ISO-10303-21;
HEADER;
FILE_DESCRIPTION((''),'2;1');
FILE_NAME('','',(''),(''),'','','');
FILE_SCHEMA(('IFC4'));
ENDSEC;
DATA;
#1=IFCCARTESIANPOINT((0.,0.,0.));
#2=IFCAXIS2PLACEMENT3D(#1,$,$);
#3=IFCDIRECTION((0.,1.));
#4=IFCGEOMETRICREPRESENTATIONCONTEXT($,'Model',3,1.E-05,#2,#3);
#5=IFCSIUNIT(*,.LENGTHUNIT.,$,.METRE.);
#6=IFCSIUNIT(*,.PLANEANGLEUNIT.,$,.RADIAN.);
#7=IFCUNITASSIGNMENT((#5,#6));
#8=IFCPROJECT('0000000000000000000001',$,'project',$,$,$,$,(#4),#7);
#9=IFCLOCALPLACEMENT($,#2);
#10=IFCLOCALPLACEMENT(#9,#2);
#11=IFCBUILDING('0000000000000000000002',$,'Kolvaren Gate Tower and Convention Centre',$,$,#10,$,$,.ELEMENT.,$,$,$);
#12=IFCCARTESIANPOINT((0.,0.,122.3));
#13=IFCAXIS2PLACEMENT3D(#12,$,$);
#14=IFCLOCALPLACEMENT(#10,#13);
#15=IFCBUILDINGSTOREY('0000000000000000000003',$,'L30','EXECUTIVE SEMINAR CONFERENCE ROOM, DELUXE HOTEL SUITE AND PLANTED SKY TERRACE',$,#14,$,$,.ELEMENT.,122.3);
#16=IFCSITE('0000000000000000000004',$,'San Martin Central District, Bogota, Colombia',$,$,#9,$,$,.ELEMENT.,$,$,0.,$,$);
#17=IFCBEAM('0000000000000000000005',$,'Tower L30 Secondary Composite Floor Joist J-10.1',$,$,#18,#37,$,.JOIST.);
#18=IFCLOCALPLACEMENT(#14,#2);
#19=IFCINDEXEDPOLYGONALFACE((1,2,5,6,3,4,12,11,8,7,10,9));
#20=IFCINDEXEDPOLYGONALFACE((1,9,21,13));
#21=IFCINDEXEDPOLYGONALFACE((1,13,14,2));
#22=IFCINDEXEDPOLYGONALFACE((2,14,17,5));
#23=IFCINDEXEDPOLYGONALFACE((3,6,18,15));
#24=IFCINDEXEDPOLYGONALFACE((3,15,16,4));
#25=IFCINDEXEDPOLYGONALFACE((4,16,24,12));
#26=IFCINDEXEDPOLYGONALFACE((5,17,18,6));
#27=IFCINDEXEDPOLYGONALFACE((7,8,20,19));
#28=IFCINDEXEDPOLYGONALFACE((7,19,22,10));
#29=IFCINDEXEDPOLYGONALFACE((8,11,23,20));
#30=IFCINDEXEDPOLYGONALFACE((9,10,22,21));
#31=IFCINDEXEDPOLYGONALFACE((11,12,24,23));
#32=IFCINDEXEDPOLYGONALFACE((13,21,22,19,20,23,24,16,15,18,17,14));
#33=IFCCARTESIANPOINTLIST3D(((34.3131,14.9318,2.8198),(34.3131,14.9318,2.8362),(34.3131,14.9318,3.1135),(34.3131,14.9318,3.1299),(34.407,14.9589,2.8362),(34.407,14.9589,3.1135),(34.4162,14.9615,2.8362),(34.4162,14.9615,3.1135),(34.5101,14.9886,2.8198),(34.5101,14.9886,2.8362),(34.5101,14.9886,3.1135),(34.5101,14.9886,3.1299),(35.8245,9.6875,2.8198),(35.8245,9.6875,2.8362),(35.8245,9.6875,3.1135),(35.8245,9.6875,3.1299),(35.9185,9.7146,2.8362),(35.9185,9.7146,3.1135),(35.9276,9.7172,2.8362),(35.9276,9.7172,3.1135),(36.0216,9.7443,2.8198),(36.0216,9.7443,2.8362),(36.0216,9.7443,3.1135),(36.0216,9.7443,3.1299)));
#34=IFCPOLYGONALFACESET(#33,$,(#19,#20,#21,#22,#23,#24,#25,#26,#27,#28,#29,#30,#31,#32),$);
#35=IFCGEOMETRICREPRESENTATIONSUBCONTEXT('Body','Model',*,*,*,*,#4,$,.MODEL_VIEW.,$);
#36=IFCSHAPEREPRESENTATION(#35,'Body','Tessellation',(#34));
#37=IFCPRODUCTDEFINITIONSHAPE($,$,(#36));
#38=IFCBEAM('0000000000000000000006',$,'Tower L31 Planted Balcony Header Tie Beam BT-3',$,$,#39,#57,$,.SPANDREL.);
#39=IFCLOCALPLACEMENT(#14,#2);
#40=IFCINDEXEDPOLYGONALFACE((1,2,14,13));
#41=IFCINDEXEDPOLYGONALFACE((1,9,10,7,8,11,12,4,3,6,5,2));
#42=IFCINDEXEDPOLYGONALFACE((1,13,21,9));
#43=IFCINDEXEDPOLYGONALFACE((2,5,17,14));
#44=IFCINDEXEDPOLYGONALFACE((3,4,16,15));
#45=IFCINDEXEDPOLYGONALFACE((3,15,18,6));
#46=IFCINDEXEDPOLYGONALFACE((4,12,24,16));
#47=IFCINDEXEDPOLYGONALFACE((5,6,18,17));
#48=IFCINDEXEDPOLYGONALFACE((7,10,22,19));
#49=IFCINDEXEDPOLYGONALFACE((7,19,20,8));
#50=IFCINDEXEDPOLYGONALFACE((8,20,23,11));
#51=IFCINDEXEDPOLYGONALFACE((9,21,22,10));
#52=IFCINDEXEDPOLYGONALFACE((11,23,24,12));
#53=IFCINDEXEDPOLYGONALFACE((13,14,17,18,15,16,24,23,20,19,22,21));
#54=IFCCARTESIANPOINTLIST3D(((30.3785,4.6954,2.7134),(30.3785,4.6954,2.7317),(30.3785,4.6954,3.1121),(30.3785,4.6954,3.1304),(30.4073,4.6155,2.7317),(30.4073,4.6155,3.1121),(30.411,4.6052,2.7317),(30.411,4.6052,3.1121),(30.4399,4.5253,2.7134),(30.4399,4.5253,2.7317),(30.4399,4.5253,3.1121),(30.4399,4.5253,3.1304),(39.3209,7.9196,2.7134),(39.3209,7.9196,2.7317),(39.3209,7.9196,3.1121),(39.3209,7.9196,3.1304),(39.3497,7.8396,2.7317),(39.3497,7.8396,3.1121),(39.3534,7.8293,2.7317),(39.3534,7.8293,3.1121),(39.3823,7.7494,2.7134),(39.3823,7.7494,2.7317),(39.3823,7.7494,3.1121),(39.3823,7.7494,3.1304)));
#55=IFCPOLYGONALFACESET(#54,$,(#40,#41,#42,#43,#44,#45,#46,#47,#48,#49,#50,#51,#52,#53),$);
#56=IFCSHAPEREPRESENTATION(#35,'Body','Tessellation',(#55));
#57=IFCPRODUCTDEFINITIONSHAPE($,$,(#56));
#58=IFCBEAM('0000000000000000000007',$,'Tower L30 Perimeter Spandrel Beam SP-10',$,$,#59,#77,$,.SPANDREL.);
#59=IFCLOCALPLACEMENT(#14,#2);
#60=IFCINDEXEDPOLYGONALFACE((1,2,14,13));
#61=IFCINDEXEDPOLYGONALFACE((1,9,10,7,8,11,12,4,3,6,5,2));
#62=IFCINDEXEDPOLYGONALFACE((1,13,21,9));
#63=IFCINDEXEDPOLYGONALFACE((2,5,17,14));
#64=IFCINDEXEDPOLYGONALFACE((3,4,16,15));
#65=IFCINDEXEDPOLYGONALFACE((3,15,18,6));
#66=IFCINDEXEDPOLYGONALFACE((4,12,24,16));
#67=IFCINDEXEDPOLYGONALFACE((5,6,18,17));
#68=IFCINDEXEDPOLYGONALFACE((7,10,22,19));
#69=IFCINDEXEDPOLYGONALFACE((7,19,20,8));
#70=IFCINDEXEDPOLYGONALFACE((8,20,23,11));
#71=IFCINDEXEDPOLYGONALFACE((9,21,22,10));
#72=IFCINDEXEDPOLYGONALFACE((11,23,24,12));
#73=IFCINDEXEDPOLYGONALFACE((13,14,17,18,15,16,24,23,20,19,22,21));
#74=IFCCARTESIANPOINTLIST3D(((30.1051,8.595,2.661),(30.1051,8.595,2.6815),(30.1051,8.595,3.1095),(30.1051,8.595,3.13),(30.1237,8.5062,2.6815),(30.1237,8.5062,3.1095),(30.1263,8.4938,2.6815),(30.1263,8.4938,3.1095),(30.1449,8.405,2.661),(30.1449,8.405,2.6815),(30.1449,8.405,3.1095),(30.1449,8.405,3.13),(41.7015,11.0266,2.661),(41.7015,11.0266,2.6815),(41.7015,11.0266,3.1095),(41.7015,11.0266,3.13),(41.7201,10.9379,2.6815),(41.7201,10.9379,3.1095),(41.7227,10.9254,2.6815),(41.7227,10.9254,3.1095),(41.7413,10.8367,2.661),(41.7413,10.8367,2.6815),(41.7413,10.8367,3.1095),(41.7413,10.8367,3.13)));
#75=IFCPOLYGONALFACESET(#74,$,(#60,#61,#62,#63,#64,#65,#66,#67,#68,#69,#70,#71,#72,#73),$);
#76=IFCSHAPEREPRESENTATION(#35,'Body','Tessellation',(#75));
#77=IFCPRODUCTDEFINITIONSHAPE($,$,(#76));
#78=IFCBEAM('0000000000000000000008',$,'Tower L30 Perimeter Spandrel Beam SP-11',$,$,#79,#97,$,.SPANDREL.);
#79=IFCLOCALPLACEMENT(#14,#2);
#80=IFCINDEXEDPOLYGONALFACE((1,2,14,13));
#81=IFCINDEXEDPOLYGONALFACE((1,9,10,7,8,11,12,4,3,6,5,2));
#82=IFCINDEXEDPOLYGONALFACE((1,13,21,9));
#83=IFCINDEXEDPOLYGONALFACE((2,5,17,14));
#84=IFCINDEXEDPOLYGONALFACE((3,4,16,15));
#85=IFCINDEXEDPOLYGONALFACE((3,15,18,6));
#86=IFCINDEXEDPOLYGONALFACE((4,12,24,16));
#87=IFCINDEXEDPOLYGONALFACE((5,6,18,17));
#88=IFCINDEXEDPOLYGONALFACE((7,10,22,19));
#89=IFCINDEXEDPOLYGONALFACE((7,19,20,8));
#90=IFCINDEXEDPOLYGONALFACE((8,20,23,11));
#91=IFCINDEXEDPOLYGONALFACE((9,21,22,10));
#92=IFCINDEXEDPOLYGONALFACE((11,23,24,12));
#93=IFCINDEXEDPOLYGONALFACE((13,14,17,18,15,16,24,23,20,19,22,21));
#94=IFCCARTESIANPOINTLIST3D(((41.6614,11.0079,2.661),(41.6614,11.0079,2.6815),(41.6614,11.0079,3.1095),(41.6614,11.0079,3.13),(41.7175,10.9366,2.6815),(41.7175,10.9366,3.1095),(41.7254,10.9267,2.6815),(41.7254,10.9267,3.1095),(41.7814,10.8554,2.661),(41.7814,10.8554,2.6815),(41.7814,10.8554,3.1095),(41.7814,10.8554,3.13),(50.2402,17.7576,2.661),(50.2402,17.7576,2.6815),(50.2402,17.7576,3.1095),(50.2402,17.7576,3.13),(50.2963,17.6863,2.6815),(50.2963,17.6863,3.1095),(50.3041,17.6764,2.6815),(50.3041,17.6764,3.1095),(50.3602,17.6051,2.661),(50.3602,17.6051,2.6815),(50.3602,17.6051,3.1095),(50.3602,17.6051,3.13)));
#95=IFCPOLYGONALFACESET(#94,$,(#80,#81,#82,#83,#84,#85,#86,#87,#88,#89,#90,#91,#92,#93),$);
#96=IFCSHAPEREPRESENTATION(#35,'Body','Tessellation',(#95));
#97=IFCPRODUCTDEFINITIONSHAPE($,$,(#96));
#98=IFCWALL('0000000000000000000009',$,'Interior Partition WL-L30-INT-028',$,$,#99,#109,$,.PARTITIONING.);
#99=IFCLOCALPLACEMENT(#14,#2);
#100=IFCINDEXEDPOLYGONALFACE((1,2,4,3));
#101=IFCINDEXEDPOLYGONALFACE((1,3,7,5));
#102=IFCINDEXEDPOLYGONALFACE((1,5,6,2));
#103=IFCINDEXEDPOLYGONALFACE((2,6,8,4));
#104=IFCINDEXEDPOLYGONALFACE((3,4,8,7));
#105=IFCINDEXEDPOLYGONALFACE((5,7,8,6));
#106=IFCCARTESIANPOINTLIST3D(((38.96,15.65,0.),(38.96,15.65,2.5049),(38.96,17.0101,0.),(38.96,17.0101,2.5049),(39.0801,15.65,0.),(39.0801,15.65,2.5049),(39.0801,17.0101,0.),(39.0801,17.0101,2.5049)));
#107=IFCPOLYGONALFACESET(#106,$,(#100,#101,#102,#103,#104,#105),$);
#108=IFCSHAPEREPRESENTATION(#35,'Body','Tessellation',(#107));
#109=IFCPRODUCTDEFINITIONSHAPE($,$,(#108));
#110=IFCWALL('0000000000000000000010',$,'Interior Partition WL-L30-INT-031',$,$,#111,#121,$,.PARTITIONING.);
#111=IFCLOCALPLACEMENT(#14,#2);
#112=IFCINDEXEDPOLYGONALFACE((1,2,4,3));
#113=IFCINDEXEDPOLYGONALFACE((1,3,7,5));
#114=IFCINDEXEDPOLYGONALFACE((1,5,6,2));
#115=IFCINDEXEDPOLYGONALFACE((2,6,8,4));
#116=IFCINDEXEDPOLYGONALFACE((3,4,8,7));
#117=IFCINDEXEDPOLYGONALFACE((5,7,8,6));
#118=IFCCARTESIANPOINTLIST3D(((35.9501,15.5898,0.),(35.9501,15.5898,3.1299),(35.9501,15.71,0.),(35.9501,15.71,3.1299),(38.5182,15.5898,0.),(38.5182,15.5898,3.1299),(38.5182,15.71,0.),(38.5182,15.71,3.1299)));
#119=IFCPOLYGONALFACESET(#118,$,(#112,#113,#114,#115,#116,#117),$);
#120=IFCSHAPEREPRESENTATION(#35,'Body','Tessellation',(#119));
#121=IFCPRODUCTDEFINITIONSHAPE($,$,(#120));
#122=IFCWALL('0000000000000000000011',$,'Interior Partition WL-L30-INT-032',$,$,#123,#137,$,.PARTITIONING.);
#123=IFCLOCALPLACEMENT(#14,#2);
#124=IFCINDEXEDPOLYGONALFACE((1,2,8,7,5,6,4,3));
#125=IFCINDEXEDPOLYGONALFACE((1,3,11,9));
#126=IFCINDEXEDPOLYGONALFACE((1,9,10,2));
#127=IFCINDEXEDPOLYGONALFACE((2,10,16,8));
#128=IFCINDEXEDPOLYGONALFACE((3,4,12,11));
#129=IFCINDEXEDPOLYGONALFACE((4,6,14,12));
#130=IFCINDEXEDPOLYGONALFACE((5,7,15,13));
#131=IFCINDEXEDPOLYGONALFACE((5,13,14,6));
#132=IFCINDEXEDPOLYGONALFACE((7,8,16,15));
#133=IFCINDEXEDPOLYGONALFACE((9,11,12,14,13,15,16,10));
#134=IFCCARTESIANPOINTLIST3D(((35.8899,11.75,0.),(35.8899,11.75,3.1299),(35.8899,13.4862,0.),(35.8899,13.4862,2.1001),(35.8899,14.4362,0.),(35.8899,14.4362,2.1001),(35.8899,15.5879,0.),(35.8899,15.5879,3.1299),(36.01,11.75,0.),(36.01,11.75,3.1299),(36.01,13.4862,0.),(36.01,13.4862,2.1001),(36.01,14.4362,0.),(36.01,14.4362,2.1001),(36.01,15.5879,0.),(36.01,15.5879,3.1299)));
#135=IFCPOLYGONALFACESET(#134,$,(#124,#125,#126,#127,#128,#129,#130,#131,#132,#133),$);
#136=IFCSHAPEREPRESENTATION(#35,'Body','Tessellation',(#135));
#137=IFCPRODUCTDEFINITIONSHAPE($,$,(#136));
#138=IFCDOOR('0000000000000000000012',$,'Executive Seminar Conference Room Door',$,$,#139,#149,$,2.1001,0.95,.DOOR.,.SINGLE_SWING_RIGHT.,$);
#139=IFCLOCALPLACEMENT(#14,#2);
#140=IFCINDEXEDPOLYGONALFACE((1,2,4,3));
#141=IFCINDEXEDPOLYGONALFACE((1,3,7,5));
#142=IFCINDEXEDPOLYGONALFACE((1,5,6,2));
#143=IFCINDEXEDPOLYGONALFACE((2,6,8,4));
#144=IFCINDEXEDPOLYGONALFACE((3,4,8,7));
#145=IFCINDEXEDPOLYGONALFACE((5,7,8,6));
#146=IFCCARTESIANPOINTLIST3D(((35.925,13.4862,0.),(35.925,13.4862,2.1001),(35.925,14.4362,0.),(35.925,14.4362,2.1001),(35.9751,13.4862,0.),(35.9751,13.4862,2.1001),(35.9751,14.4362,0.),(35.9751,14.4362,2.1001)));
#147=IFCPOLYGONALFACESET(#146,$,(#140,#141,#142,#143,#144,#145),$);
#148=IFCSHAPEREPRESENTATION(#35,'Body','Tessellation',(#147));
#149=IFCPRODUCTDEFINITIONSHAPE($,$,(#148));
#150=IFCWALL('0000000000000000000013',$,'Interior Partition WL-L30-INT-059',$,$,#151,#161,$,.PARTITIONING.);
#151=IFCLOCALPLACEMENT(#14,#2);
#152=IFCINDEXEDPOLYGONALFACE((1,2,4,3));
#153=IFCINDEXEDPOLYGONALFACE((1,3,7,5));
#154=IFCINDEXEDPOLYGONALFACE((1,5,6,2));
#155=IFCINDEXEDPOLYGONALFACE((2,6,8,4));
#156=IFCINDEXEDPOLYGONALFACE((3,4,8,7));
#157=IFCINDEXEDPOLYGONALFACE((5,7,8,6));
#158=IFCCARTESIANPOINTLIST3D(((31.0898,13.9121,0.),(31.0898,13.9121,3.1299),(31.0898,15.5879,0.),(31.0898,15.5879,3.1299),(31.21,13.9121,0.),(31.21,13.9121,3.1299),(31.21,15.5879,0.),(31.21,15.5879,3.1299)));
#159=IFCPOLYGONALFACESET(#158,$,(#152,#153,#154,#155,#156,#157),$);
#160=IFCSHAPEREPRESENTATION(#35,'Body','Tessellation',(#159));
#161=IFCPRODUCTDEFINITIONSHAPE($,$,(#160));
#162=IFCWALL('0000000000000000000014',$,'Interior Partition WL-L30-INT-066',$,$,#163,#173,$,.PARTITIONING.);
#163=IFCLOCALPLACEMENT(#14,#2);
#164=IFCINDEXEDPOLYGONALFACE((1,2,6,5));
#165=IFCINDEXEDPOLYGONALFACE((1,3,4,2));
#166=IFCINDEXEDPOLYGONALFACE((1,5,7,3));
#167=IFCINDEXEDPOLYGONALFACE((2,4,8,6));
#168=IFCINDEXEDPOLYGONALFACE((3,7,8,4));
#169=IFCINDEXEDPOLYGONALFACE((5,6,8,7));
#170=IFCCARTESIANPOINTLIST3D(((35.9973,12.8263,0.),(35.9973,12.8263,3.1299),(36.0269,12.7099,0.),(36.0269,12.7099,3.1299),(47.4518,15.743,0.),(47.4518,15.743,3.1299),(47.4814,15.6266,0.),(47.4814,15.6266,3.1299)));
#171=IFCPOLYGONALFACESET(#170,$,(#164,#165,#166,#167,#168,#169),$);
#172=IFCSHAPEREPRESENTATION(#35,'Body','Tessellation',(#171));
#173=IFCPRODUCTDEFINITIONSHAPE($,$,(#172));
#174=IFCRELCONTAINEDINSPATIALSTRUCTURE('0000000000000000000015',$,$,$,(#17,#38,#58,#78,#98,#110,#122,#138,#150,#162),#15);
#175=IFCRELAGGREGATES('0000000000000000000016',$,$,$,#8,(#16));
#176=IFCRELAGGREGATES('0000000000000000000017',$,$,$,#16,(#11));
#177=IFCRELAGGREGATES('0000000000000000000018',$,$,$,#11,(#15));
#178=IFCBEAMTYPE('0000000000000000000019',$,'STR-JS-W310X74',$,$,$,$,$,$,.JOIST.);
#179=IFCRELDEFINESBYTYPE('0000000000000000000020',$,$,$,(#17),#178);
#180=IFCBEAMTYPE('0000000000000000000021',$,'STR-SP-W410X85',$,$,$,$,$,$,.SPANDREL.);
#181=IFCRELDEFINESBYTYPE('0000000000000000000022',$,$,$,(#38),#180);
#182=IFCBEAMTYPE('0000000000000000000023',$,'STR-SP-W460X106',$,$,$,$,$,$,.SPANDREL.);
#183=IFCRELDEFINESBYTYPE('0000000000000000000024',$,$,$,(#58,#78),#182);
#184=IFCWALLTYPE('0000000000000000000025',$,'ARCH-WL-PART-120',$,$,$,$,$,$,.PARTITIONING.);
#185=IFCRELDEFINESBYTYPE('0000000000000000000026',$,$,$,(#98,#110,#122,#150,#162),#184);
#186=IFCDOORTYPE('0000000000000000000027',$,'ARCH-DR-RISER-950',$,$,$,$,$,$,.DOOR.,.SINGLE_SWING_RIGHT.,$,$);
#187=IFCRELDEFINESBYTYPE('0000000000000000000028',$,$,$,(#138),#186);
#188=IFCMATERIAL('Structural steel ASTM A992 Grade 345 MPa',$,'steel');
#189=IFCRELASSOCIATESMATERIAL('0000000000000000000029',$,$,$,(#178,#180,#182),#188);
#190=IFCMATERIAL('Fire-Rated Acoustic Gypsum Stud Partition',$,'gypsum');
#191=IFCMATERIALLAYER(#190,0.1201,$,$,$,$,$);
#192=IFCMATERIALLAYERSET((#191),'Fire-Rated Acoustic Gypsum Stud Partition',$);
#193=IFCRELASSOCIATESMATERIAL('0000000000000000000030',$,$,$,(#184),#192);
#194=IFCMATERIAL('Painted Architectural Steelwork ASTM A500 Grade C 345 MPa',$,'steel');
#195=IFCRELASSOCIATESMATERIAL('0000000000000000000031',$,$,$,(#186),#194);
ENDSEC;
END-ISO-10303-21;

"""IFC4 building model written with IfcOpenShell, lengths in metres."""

from ifc_helpers import new_model, si_unit, direction, frame, frame_2d, origin, origin_2d, place, context, subcontext, project, spatial, rectangle, i_section, extrude, material, layer, layer_set, material_profile, profile_set, type_object, element, fill, save


model = new_model("IFC4")

# Units and contexts
model_context = context("Model", 3, precision=1e-05, world=origin(), true_north=direction((0.0, 1.0)))
body_context = subcontext(model_context, "Body", "Model", "MODEL_VIEW")
ifc_project = project(units=[si_unit("LENGTHUNIT", "METRE"), si_unit("PLANEANGLEUNIT", "RADIAN")], contexts=[model_context])

# Site, building, storey
site_placement = place(None, origin())
site = spatial("IfcSite", under=ifc_project, at=site_placement, Name="San Martin Central District, Bogota, Colombia", CompositionType="ELEMENT", RefElevation=0.0)
building_placement = place(site_placement, origin())
building = spatial("IfcBuilding", under=site, at=building_placement, Name="Kolvaren Gate Tower and Convention Centre", CompositionType="ELEMENT")
storey_placement = place(building_placement, frame((0.0, 0.0, 122.3)))
storey = spatial("IfcBuildingStorey", under=building, at=storey_placement, Name="L30", Description="EXECUTIVE SEMINAR CONFERENCE ROOM, DELUXE HOTEL SUITE AND PLANTED SKY TERRACE", CompositionType="ELEMENT", Elevation=122.3)

# Beams
ifc_material_1 = material(Name="Structural steel ASTM A992 Grade 345 MPa", Category="steel")
ifc_material_profile_1 = material_profile(ifc_material_1, i_section(OverallWidth=0.2051, OverallDepth=0.3101, WebThickness=0.0095, FlangeThickness=0.0164, at=origin_2d()), Name="W310X74")
ifc_profile_set_1 = profile_set([ifc_material_profile_1], Name="Structural steel ASTM A992 Grade 345 MPa")
beam_type_1 = type_object("IfcBeamType", Name="STR-JS-W310X74", PredefinedType="JOIST", material=ifc_profile_set_1)
beam_1_placement = place(storey_placement, frame((34.4116, 14.9602, 2.9749), z_axis=(0.276936, -0.960888, 0.0), x_axis=(0.960888, 0.276936, 0.0)))
element("IfcBeam", 1, at=beam_1_placement, inside=storey, type_object=beam_type_1, Name="Tower L30 Secondary Composite Floor Joist J-10.1", PredefinedType="JOIST", context=body_context, shape_type="SweptSolid", body=[
    extrude(i_section(OverallWidth=0.2051, OverallDepth=0.3101, WebThickness=0.0095, FlangeThickness=0.0164, at=origin_2d()), origin(), (0.0, 0.0, 1.0), 5.4578),
])
ifc_material_profile_2 = material_profile(ifc_material_1, i_section(OverallWidth=0.1809, OverallDepth=0.417, WebThickness=0.011, FlangeThickness=0.0183, at=origin_2d()), Name="W410X85")
ifc_profile_set_2 = profile_set([ifc_material_profile_2], Name="Structural steel ASTM A992 Grade 345 MPa")
beam_type_2 = type_object("IfcBeamType", Name="STR-SP-W410X85", PredefinedType="SPANDREL", material=ifc_profile_set_2)
beam_2_placement = place(storey_placement, frame((30.4092, 4.6104, 2.9219), z_axis=(0.940724, 0.339172, 0.0), x_axis=(-0.339172, 0.940724, 0.0)))
element("IfcBeam", 2, at=beam_2_placement, inside=storey, type_object=beam_type_2, Name="Tower L31 Planted Balcony Header Tie Beam BT-3", PredefinedType="SPANDREL", context=body_context, shape_type="SweptSolid", body=[
    extrude(i_section(OverallWidth=0.1809, OverallDepth=0.417, WebThickness=0.011, FlangeThickness=0.0183, at=origin_2d()), origin(), (0.0, 0.0, 1.0), 9.5059),
])
ifc_material_profile_3 = material_profile(ifc_material_1, i_section(OverallWidth=0.1941, OverallDepth=0.469, WebThickness=0.0127, FlangeThickness=0.0205, at=origin_2d()), Name="W460X106")
ifc_profile_set_3 = profile_set([ifc_material_profile_3], Name="Structural steel ASTM A992 Grade 345 MPa")
beam_type_3 = type_object("IfcBeamType", Name="STR-SP-W460X106", PredefinedType="SPANDREL", material=ifc_profile_set_3)
beam_3_placement = place(storey_placement, frame((30.125, 8.5, 2.8955), z_axis=(0.978715, 0.205225, 0.0), x_axis=(-0.205225, 0.978715, 0.0)))
element("IfcBeam", 3, at=beam_3_placement, inside=storey, type_object=beam_type_3, Name="Tower L30 Perimeter Spandrel Beam SP-10", PredefinedType="SPANDREL", context=body_context, shape_type="SweptSolid", body=[
    extrude(i_section(OverallWidth=0.1941, OverallDepth=0.469, WebThickness=0.0127, FlangeThickness=0.0205, at=origin_2d()), origin(), (0.0, 0.0, 1.0), 11.8486),
])
beam_4_placement = place(storey_placement, frame((41.7214, 10.9316, 2.8955), z_axis=(0.785908, 0.618344, 0.0), x_axis=(-0.618344, 0.785908, 0.0)))
element("IfcBeam", 4, at=beam_4_placement, inside=storey, type_object=beam_type_3, Name="Tower L30 Perimeter Spandrel Beam SP-11", PredefinedType="SPANDREL", context=body_context, shape_type="SweptSolid", body=[
    extrude(i_section(OverallWidth=0.1941, OverallDepth=0.469, WebThickness=0.0127, FlangeThickness=0.0205, at=origin_2d()), origin(), (0.0, 0.0, 1.0), 10.9158),
])

# Walls
ifc_material_2 = material(Name="Fire-Rated Acoustic Gypsum Stud Partition", Category="gypsum")
ifc_layer_1 = layer(ifc_material_2, 0.1201)
ifc_layer_set_1 = layer_set([ifc_layer_1], Name="Fire-Rated Acoustic Gypsum Stud Partition")
wall_type_1 = type_object("IfcWallType", Name="ARCH-WL-PART-120", PredefinedType="PARTITIONING", material=ifc_layer_set_1)
wall_1_placement = place(storey_placement, frame((39.02, 15.6499, 0.0), z_axis=(0.0, 0.0, 1.0), x_axis=(0.0, 1.0, 0.0)))
element("IfcWall", 5, at=wall_1_placement, inside=storey, type_object=wall_type_1, Name="Interior Partition WL-L30-INT-028", PredefinedType="PARTITIONING", context=body_context, shape_type="SweptSolid", body=[
    extrude(rectangle(XDim=1.3601, YDim=0.1201, at=frame_2d((0.6802, 0.0))), origin(), (0.0, 0.0, 1.0), 2.5049),
])
wall_2_placement = place(storey_placement, frame((35.95, 15.6499, 0.0), z_axis=(0.0, 0.0, 1.0), x_axis=(1.0, 0.0, 0.0)))
element("IfcWall", 6, at=wall_2_placement, inside=storey, type_object=wall_type_1, Name="Interior Partition WL-L30-INT-031", PredefinedType="PARTITIONING", context=body_context, shape_type="SweptSolid", body=[
    extrude(rectangle(XDim=2.5681, YDim=0.1201, at=frame_2d((1.2842, 0.0))), origin(), (0.0, 0.0, 1.0), 3.1299),
])

# Wall, opening, door
wall_3_placement = place(storey_placement, frame((35.95, 11.75, 0.0), z_axis=(0.0, 0.0, 1.0), x_axis=(0.0, 1.0, 0.0)))
wall_3 = element("IfcWall", 7, at=wall_3_placement, inside=storey, type_object=wall_type_1, Name="Interior Partition WL-L30-INT-032", PredefinedType="PARTITIONING", context=body_context, shape_type="SweptSolid", body=[
    extrude(rectangle(XDim=3.8379, YDim=0.1201, at=frame_2d((1.9189, 0.0))), origin(), (0.0, 0.0, 1.0), 3.1299),
])
opening_1_placement = place(wall_3_placement, frame((1.7361, 0.0, 0.0)))
opening_1 = element("IfcOpeningElement", 8, at=opening_1_placement, cuts=wall_3, PredefinedType="OPENING", context=body_context, shape_type="SweptSolid", body=[
    extrude(rectangle(XDim=0.95, YDim=2.1001, at=frame_2d((0.4751, 1.05))), frame((0.0, 0.0701, 0.0), z_axis=(0.0, -1.0, 0.0), x_axis=(1.0, 0.0, 0.0)), (0.0, 0.0, 1.0), 0.1401),
])
ifc_material_3 = material(Name="Painted Architectural Steelwork ASTM A500 Grade C 345 MPa", Category="steel")
door_type_1 = type_object("IfcDoorType", Name="ARCH-DR-RISER-950", OperationType="SINGLE_SWING_RIGHT", PredefinedType="DOOR", material=ifc_material_3)
door_1_placement = place(opening_1_placement, origin())
door_1 = element("IfcDoor", 9, at=door_1_placement, inside=storey, type_object=door_type_1, Name="Executive Seminar Conference Room Door", OperationType="SINGLE_SWING_RIGHT", OverallHeight=2.1001, OverallWidth=0.95, PredefinedType="DOOR", context=body_context, shape_type="SweptSolid", body=[
    extrude(rectangle(XDim=0.95, YDim=2.1001, at=frame_2d((0.4751, 1.05))), frame((0.0, 0.0249, 0.0), z_axis=(0.0, -1.0, 0.0), x_axis=(1.0, 0.0, 0.0)), (0.0, 0.0, 1.0), 0.05),
])
fill(opening_1, door_1)

# Walls
wall_4_placement = place(storey_placement, frame((31.1499, 13.9121, 0.0), z_axis=(0.0, 0.0, 1.0), x_axis=(0.0, 1.0, 0.0)))
element("IfcWall", 10, at=wall_4_placement, inside=storey, type_object=wall_type_1, Name="Interior Partition WL-L30-INT-059", PredefinedType="PARTITIONING", context=body_context, shape_type="SweptSolid", body=[
    extrude(rectangle(XDim=1.6758, YDim=0.1201, at=frame_2d((0.8379, 0.0))), origin(), (0.0, 0.0, 1.0), 3.1299),
])
wall_5_placement = place(storey_placement, frame((36.012, 12.7681, 0.0), z_axis=(0.0, 0.0, 1.0), x_axis=(0.969076, 0.246761, 0.0)))
element("IfcWall", 11, at=wall_5_placement, inside=storey, type_object=wall_type_1, Name="Interior Partition WL-L30-INT-066", PredefinedType="PARTITIONING", context=body_context, shape_type="SweptSolid", body=[
    extrude(rectangle(XDim=11.8201, YDim=0.1201, at=frame_2d((5.9102, 0.0))), origin(), (0.0, 0.0, 1.0), 3.1299),
])

save(model, "model.ifc")
